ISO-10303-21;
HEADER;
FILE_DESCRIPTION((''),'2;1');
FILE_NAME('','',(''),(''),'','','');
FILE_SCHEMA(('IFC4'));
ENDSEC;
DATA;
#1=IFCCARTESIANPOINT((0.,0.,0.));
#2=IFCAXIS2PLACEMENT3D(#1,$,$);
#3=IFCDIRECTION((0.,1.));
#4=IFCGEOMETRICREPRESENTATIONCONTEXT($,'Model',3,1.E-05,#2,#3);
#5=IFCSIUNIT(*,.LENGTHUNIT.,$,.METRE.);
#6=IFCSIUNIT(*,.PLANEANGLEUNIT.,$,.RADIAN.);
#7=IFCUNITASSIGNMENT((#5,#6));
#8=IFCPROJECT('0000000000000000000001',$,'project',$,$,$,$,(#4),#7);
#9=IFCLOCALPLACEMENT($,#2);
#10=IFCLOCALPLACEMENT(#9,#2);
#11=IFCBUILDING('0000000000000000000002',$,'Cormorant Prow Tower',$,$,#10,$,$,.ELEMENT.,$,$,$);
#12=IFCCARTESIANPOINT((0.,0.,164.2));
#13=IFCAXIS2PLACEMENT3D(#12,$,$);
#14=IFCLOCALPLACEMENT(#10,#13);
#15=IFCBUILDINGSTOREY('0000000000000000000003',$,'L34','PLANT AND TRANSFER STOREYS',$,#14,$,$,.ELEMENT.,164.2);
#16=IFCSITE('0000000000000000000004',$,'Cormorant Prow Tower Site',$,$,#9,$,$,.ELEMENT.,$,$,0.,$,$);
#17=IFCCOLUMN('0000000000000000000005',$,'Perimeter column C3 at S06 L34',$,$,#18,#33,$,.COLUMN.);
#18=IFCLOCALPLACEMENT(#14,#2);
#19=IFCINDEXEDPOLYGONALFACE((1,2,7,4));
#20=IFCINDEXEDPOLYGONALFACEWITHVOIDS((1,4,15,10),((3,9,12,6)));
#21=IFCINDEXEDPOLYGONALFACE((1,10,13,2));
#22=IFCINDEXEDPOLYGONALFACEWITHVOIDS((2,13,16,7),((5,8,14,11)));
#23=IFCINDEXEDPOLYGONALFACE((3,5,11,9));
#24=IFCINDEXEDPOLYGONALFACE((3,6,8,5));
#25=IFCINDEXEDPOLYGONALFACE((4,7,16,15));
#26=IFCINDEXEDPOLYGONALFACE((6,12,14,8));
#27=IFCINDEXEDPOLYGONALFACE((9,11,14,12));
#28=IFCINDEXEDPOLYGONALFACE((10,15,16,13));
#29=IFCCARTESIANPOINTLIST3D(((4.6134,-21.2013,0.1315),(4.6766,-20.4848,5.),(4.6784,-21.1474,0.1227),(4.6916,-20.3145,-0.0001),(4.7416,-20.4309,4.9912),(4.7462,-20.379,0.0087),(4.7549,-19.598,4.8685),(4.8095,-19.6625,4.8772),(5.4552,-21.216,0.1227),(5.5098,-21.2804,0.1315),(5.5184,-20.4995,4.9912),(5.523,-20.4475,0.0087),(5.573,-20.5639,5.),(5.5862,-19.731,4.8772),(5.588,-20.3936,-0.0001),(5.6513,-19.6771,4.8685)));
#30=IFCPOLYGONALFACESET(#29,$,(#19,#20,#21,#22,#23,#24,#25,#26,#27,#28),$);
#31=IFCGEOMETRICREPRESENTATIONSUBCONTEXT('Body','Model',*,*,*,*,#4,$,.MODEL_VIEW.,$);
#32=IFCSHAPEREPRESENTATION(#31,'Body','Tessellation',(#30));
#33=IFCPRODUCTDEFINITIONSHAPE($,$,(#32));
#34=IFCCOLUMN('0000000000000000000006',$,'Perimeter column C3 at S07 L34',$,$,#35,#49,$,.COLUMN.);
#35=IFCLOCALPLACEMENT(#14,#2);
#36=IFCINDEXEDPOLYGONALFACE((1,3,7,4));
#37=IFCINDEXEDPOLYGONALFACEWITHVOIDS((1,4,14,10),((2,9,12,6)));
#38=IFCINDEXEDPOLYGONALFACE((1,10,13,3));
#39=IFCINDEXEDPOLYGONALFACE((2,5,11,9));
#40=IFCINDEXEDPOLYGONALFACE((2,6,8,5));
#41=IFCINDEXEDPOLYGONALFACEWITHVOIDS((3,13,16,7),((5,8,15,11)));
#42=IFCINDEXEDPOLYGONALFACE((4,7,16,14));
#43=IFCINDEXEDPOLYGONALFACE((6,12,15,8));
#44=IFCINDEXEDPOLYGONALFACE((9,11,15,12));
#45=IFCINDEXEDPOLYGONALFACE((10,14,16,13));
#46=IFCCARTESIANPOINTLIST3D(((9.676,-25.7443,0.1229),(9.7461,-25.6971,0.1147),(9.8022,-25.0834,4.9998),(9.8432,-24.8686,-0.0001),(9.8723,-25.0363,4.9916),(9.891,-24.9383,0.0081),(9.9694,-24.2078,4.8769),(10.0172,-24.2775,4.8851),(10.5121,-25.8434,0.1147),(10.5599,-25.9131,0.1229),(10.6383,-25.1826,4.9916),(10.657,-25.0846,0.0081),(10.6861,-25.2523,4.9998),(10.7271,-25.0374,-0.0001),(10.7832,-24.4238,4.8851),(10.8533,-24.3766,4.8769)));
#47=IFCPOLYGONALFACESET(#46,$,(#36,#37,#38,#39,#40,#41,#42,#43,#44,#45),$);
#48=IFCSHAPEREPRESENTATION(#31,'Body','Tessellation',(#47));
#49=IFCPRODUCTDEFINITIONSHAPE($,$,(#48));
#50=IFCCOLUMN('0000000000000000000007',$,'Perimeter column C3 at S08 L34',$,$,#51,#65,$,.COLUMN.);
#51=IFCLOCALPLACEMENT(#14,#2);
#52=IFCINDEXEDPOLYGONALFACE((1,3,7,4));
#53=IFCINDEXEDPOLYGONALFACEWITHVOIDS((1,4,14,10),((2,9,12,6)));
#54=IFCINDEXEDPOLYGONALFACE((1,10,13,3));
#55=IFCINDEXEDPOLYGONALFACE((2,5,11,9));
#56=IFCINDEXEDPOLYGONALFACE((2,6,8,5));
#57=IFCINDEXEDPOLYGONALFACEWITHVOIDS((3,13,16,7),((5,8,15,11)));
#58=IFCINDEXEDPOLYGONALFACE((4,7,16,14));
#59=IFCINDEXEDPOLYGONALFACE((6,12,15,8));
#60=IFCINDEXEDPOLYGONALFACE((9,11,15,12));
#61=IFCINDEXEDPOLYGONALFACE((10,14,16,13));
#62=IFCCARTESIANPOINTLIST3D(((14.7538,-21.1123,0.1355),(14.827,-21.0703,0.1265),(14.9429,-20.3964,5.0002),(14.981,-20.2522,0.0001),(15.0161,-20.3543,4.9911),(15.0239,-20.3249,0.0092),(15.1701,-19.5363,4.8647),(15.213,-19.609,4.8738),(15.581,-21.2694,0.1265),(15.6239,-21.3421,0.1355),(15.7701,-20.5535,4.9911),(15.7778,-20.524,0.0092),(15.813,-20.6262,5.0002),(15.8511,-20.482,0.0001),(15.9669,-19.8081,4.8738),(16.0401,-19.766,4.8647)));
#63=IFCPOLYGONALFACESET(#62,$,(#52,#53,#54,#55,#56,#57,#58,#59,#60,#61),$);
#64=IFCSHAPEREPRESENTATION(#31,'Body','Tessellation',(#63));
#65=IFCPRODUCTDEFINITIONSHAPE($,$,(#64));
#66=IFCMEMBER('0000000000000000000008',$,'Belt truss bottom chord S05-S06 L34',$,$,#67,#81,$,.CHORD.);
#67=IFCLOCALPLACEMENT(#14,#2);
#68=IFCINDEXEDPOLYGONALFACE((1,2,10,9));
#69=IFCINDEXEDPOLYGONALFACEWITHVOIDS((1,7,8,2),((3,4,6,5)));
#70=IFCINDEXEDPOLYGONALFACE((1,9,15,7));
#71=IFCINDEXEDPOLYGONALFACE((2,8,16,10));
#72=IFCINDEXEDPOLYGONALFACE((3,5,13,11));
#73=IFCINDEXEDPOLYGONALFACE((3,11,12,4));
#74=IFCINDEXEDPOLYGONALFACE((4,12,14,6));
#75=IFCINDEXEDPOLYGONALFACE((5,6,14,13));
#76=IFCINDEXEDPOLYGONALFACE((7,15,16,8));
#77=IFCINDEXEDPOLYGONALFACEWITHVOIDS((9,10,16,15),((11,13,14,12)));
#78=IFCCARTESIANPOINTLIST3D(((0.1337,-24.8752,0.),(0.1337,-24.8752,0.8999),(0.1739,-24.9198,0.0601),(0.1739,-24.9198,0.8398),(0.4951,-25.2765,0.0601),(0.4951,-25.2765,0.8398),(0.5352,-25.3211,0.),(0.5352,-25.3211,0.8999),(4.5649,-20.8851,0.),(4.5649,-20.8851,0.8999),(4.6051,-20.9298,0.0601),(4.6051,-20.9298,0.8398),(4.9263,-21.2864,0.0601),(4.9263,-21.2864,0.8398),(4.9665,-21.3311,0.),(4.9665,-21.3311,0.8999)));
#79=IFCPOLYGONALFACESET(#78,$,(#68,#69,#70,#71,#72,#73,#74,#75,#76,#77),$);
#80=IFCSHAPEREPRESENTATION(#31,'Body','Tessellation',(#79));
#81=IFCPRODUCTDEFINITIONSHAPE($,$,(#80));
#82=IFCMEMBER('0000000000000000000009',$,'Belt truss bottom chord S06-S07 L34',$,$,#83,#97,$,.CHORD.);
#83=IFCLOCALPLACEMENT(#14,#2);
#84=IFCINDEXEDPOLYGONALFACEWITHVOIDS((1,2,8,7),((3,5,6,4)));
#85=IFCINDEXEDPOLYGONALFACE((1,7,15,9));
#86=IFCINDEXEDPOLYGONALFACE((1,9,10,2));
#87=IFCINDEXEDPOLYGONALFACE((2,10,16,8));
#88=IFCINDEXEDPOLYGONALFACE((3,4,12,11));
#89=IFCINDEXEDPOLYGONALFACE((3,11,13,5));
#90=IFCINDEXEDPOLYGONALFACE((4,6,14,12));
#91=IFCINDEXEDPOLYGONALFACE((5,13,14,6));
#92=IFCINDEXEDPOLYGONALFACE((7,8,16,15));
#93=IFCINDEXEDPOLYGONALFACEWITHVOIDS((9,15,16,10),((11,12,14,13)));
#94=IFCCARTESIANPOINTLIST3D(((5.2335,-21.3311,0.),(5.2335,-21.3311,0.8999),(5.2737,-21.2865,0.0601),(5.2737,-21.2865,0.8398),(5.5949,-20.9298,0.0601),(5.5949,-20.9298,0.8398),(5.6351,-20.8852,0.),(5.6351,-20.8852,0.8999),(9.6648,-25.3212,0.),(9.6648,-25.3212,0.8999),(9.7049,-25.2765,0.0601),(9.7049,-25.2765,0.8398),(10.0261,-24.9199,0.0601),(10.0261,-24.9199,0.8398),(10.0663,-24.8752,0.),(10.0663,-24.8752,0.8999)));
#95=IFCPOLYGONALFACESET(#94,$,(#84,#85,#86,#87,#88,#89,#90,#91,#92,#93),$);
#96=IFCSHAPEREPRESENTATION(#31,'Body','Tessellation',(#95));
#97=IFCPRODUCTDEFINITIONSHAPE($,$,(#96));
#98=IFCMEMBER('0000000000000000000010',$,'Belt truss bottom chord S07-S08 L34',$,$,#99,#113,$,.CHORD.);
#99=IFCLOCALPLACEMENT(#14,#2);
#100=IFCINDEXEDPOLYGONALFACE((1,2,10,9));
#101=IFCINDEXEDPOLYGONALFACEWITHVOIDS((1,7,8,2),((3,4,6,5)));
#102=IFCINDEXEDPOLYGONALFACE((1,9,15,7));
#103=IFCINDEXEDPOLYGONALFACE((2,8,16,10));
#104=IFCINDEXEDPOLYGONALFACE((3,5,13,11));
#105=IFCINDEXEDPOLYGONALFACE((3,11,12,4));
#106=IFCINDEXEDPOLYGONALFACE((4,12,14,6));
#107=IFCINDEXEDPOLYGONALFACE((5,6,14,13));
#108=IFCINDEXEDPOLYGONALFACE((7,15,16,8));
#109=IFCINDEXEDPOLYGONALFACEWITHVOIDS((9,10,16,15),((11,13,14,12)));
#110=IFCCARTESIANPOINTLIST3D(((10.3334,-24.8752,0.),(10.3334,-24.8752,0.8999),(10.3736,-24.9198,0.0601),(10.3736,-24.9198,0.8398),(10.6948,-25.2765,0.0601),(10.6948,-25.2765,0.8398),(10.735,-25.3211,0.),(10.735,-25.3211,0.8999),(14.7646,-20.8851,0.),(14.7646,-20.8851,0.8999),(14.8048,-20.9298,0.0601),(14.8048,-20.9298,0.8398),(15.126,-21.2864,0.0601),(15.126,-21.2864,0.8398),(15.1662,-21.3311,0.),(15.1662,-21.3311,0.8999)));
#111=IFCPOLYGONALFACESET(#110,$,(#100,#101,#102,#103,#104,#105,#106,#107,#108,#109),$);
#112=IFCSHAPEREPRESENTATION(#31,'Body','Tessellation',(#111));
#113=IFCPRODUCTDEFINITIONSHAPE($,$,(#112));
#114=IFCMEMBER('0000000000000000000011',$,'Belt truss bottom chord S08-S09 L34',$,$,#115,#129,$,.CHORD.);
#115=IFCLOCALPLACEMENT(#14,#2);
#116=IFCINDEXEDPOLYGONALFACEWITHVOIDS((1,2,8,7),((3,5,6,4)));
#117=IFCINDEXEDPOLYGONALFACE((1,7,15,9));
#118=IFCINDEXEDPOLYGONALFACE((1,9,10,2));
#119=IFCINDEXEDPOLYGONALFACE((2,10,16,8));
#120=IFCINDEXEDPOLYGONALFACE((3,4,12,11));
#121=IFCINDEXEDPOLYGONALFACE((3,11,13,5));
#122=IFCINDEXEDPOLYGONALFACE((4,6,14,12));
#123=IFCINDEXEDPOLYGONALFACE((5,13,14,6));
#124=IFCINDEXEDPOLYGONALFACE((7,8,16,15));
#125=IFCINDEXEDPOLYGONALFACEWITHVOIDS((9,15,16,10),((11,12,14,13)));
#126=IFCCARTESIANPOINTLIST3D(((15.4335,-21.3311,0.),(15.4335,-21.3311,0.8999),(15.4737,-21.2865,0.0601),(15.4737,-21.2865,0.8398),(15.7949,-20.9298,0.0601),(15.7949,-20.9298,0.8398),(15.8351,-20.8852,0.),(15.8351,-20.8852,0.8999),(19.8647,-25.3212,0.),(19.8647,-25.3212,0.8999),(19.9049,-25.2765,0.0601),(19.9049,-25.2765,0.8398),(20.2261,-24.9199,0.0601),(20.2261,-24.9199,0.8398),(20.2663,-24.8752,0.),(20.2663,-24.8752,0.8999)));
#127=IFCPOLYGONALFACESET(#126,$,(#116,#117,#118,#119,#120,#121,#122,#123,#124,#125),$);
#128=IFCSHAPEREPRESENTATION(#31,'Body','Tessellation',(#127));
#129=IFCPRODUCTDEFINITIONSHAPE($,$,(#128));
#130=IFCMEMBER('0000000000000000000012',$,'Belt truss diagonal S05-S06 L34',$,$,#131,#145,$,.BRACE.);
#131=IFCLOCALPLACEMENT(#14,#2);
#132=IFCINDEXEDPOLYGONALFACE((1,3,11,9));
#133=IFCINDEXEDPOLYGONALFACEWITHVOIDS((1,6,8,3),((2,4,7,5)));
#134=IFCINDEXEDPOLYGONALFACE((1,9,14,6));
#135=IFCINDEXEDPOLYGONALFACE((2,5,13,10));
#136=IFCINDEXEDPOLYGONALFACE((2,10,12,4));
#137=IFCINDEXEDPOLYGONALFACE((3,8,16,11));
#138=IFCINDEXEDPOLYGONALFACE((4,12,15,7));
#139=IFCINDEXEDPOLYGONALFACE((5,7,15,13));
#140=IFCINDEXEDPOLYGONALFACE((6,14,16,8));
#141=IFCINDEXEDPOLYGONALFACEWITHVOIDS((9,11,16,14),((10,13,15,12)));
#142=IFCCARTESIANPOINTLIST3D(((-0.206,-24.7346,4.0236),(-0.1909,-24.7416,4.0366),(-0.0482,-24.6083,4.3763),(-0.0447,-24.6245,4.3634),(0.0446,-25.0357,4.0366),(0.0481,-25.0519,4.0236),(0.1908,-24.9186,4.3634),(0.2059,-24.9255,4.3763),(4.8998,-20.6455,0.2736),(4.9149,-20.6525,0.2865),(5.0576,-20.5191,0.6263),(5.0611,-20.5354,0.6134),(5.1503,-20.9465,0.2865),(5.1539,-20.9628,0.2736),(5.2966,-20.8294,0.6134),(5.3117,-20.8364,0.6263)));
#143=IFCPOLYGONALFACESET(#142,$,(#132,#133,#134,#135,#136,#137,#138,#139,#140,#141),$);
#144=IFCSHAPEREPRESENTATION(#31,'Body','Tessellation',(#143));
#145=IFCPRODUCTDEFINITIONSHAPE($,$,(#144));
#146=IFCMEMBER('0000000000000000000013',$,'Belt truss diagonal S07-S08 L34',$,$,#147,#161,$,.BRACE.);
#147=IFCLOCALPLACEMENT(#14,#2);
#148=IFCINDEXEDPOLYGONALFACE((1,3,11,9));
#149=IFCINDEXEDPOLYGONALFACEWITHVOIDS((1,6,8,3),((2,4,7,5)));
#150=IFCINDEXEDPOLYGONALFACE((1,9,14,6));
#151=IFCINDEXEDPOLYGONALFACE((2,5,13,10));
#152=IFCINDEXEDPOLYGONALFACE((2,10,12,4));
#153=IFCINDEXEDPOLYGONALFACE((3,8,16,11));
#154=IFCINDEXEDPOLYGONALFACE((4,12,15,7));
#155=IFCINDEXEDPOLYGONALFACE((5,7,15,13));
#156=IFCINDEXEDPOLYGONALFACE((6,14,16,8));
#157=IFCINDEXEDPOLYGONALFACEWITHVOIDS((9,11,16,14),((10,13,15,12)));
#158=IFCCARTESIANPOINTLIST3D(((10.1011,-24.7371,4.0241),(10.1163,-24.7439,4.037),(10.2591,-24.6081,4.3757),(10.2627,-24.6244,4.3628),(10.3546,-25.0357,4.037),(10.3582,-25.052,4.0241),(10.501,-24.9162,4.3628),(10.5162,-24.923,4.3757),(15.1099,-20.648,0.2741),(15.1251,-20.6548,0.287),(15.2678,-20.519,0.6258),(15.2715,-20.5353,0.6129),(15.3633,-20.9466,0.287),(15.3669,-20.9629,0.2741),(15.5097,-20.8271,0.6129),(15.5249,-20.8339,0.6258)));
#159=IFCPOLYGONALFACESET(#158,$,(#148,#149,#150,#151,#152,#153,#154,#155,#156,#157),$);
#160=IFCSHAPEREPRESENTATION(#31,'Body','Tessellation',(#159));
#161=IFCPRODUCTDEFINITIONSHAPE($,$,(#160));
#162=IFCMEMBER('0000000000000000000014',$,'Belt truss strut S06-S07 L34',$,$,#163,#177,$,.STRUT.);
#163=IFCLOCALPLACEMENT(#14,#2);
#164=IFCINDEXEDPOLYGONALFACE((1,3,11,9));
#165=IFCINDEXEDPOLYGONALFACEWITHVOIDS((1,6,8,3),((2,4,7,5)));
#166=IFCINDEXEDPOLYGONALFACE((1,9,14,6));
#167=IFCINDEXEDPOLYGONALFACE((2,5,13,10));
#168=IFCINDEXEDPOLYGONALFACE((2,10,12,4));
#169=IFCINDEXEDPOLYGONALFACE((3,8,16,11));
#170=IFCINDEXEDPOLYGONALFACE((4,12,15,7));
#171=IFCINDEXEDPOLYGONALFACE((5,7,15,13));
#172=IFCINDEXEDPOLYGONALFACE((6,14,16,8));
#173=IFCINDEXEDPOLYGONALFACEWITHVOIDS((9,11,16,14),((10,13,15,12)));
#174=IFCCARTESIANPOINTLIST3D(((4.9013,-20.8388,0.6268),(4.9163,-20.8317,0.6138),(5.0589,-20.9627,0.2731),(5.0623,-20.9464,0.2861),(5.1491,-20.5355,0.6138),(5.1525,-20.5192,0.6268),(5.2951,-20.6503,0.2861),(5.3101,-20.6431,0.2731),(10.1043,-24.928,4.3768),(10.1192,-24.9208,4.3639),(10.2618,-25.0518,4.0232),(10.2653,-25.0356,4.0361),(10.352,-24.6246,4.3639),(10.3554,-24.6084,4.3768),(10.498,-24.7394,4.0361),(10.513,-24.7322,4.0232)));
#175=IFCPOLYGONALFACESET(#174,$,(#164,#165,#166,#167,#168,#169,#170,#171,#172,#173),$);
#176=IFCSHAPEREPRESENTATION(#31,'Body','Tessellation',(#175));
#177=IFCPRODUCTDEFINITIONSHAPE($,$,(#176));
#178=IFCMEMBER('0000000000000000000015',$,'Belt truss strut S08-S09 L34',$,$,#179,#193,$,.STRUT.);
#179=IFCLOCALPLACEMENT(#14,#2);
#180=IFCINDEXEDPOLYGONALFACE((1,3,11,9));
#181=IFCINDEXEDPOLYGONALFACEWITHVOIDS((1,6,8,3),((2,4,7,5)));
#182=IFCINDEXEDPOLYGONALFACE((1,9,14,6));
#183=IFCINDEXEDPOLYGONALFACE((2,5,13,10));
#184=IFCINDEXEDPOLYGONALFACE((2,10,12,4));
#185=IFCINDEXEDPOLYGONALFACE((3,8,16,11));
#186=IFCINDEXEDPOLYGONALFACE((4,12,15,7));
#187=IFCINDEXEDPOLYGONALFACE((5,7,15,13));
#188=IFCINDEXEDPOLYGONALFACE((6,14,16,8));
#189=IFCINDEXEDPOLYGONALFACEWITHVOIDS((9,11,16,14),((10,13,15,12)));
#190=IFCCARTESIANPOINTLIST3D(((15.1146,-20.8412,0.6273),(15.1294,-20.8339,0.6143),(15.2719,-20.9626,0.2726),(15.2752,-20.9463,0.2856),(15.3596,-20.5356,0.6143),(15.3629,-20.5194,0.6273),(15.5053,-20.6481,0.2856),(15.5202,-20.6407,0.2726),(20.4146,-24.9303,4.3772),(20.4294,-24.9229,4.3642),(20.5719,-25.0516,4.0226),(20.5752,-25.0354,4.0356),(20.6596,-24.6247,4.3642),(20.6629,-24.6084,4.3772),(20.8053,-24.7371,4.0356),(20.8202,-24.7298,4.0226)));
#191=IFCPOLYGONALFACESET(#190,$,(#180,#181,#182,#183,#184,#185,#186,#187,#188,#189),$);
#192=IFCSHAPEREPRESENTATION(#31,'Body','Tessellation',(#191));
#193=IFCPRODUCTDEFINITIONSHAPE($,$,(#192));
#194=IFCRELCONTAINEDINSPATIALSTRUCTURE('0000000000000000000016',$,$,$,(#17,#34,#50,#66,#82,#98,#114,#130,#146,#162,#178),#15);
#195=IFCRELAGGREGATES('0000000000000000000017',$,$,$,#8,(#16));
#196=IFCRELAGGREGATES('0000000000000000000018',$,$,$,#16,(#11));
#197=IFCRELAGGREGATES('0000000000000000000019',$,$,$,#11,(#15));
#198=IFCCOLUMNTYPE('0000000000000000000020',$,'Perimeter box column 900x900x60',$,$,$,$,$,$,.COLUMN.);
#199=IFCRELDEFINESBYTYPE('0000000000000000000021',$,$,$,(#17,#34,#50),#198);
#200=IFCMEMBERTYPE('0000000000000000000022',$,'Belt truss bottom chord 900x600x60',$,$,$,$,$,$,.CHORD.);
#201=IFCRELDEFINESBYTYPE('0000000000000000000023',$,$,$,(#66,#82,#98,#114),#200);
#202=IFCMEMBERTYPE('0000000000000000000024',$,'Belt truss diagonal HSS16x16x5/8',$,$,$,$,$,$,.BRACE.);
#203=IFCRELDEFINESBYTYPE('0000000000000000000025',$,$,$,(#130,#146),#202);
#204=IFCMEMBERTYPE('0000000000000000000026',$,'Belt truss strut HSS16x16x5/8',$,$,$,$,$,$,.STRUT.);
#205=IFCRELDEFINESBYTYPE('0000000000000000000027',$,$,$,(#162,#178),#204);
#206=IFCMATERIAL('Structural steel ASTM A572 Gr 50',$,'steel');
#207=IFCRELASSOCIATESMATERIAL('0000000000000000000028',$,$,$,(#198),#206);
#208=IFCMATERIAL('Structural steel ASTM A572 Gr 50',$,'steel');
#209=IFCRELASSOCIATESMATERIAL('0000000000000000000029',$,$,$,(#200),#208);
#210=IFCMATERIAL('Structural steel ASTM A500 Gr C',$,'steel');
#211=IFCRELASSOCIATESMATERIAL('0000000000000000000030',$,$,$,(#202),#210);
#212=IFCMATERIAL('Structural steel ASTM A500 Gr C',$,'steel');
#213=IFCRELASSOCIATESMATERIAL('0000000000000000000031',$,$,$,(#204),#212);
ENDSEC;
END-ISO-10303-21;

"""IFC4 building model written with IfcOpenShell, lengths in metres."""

from ifc_helpers import new_model, si_unit, direction, frame, origin, origin_2d, place, context, subcontext, project, spatial, hollow_rectangle, extrude, material, material_profile, profile_set, type_object, element, save


model = new_model("IFC4")

# Units and contexts
model_context = context("Model", 3, precision=1e-05, world=origin(), true_north=direction((0.0, 1.0)))
body_context = subcontext(model_context, "Body", "Model", "MODEL_VIEW")
ifc_project = project(units=[si_unit("LENGTHUNIT", "METRE"), si_unit("PLANEANGLEUNIT", "RADIAN")], contexts=[model_context])

# Site, building, storey
site_placement = place(None, origin())
site = spatial("IfcSite", under=ifc_project, at=site_placement, Name="Cormorant Prow Tower Site", CompositionType="ELEMENT", RefElevation=0.0)
building_placement = place(site_placement, origin())
building = spatial("IfcBuilding", under=site, at=building_placement, Name="Cormorant Prow Tower", CompositionType="ELEMENT")
storey_placement = place(building_placement, frame((0.0, 0.0, 164.2)))
storey = spatial("IfcBuildingStorey", under=building, at=storey_placement, Name="L34", Description="PLANT AND TRANSFER STOREYS", CompositionType="ELEMENT", Elevation=164.2)

# Columns
ifc_material_1 = material(Name="Structural steel ASTM A572 Gr 50", Category="steel")
ifc_material_profile_1 = material_profile(ifc_material_1, hollow_rectangle(XDim=0.8999, YDim=0.8999, WallThickness=0.0601, at=origin_2d()), Name="Box 900x900x60")
ifc_profile_set_1 = profile_set([ifc_material_profile_1], Name="Structural steel ASTM A572 Gr 50")
column_type = type_object("IfcColumnType", Name="Perimeter box column 900x900x60", PredefinedType="COLUMN", material=ifc_profile_set_1)
column_1_placement = place(storey_placement, frame((5.0999, -20.8071, 0.0), z_axis=(0.012849, 0.145588, 0.989262), x_axis=(-0.996128, 0.087913, 0.0)))
element("IfcColumn", 1, at=column_1_placement, inside=storey, type_object=column_type, Name="Perimeter column C3 at S06 L34", PredefinedType="COLUMN", context=body_context, shape_type="SweptSolid", body=[
    extrude(hollow_rectangle(XDim=0.8999, YDim=0.8999, WallThickness=0.0601, at=origin_2d()), frame((0.0, 0.0, 0.0664)), (0.0, 0.0, 1.0), 4.9214),
])
column_2_placement = place(storey_placement, frame((10.2, -25.3992, 0.0), z_axis=(0.025636, 0.134227, 0.990619), x_axis=(-0.982246, 0.1876, 0.0)))
element("IfcColumn", 2, at=column_2_placement, inside=storey, type_object=column_type, Name="Perimeter column C3 at S07 L34", PredefinedType="COLUMN", context=body_context, shape_type="SweptSolid", body=[
    extrude(hollow_rectangle(XDim=0.8999, YDim=0.8999, WallThickness=0.0601, at=origin_2d()), frame((0.0, 0.0, 0.062)), (0.0, 0.0, 1.0), 4.9231),
])
column_3_placement = place(storey_placement, frame((15.2998, -20.8071, 0.0), z_axis=(0.038425, 0.145492, 0.988613), x_axis=(-0.96685, 0.255346, 0.0)))
element("IfcColumn", 3, at=column_3_placement, inside=storey, type_object=column_type, Name="Perimeter column C3 at S08 L34", PredefinedType="COLUMN", context=body_context, shape_type="SweptSolid", body=[
    extrude(hollow_rectangle(XDim=0.8999, YDim=0.8999, WallThickness=0.0601, at=origin_2d()), frame((0.0, 0.0, 0.0686)), (0.0, 0.0, 1.0), 4.9207),
])

# Members
ifc_material_2 = material(Name="Structural steel ASTM A572 Gr 50", Category="steel")
ifc_material_profile_2 = material_profile(ifc_material_2, hollow_rectangle(XDim=0.6001, YDim=0.8999, WallThickness=0.0601, at=origin_2d()), Name="Box 900x600x60")
ifc_profile_set_2 = profile_set([ifc_material_profile_2], Name="Structural steel ASTM A572 Gr 50")
member_type_1 = type_object("IfcMemberType", Name="Belt truss bottom chord 900x600x60", PredefinedType="CHORD", material=ifc_profile_set_2)
for number, where, z_axis, x_axis, name in (
    (4, (0.3345, -25.0981, 0.45), (0.743131, 0.669146, 0.0), (-0.669146, 0.743131, 0.0), "Belt truss bottom chord S05-S06 L34"),
    (5, (5.4343, -21.1082, 0.45), (0.743131, -0.669146, 0.0), (0.669146, 0.743131, 0.0), "Belt truss bottom chord S06-S07 L34"),
    (6, (10.5342, -25.0981, 0.45), (0.743131, 0.669146, 0.0), (-0.669146, 0.743131, 0.0), "Belt truss bottom chord S07-S08 L34"),
    (7, (15.6343, -21.1082, 0.45), (0.743131, -0.669146, 0.0), (0.669146, 0.743131, 0.0), "Belt truss bottom chord S08-S09 L34"),
):
    element("IfcMember", number, at=place(storey_placement, frame(where, z_axis=z_axis, x_axis=x_axis)), inside=storey, type_object=member_type_1, Name=name, PredefinedType="CHORD", context=body_context, shape_type="SweptSolid", body=[
        extrude(hollow_rectangle(XDim=0.6001, YDim=0.8999, WallThickness=0.0601, at=origin_2d()), origin(), (0.0, 0.0, 1.0), 5.9629),
    ])
ifc_material_3 = material(Name="Structural steel ASTM A500 Gr C", Category="steel")
ifc_material_profile_3 = material_profile(ifc_material_3, hollow_rectangle(XDim=0.4065, YDim=0.4065, WallThickness=0.0149, at=origin_2d()), Name="HSS16x16x5/8")
ifc_profile_set_3 = profile_set([ifc_material_profile_3], Name="Structural steel ASTM A500 Gr C")
member_type_2 = type_object("IfcMemberType", Name="Belt truss diagonal HSS16x16x5/8", PredefinedType="BRACE", material=ifc_profile_set_3)
member_1_placement = place(storey_placement, frame((5.1057, -20.741, 0.45), z_axis=(-0.67715, -0.542322, 0.497347), x_axis=(0.625118, -0.78053, 0.0)))
element("IfcMember", 8, at=member_1_placement, inside=storey, type_object=member_type_2, Name="Belt truss diagonal S05-S06 L34", PredefinedType="BRACE", context=body_context, shape_type="SweptSolid", body=[
    extrude(hollow_rectangle(XDim=0.4065, YDim=0.4065, WallThickness=0.0149, at=origin_2d()), origin(), (0.0, 0.0, 1.0), 7.54),
])
member_2_placement = place(storey_placement, frame((15.3174, -20.741, 0.45), z_axis=(-0.670098, -0.547059, 0.501692), x_axis=(0.632405, -0.774638, 0.0)))
element("IfcMember", 9, at=member_2_placement, inside=storey, type_object=member_type_2, Name="Belt truss diagonal S07-S08 L34", PredefinedType="BRACE", context=body_context, shape_type="SweptSolid", body=[
    extrude(hollow_rectangle(XDim=0.4065, YDim=0.4065, WallThickness=0.0149, at=origin_2d()), origin(), (0.0, 0.0, 1.0), 7.4746),
])
ifc_material_4 = material(Name="Structural steel ASTM A500 Gr C", Category="steel")
ifc_material_profile_4 = material_profile(ifc_material_4, hollow_rectangle(XDim=0.4065, YDim=0.4065, WallThickness=0.0149, at=origin_2d()), Name="HSS16x16x5/8")
ifc_profile_set_4 = profile_set([ifc_material_profile_4], Name="Structural steel ASTM A500 Gr C")
member_type_3 = type_object("IfcMemberType", Name="Belt truss strut HSS16x16x5/8", PredefinedType="STRUT", material=ifc_profile_set_4)
member_3_placement = place(storey_placement, frame((5.1057, -20.741, 0.45), z_axis=(0.684037, -0.537607, 0.493023), x_axis=(0.617927, 0.786235, 0.0)))
element("IfcMember", 10, at=member_3_placement, inside=storey, type_object=member_type_3, Name="Belt truss strut S06-S07 L34", PredefinedType="STRUT", context=body_context, shape_type="SweptSolid", body=[
    extrude(hollow_rectangle(XDim=0.4065, YDim=0.4065, WallThickness=0.0149, at=origin_2d()), origin(), (0.0, 0.0, 1.0), 7.6062),
])
member_4_placement = place(storey_placement, frame((15.3174, -20.741, 0.45), z_axis=(0.690746, -0.532927, 0.488731), x_axis=(0.61085, 0.791746, 0.0)))
element("IfcMember", 11, at=member_4_placement, inside=storey, type_object=member_type_3, Name="Belt truss strut S08-S09 L34", PredefinedType="STRUT", context=body_context, shape_type="SweptSolid", body=[
    extrude(hollow_rectangle(XDim=0.4065, YDim=0.4065, WallThickness=0.0149, at=origin_2d()), origin(), (0.0, 0.0, 1.0), 7.6729),
])

save(model, "model.ifc")
